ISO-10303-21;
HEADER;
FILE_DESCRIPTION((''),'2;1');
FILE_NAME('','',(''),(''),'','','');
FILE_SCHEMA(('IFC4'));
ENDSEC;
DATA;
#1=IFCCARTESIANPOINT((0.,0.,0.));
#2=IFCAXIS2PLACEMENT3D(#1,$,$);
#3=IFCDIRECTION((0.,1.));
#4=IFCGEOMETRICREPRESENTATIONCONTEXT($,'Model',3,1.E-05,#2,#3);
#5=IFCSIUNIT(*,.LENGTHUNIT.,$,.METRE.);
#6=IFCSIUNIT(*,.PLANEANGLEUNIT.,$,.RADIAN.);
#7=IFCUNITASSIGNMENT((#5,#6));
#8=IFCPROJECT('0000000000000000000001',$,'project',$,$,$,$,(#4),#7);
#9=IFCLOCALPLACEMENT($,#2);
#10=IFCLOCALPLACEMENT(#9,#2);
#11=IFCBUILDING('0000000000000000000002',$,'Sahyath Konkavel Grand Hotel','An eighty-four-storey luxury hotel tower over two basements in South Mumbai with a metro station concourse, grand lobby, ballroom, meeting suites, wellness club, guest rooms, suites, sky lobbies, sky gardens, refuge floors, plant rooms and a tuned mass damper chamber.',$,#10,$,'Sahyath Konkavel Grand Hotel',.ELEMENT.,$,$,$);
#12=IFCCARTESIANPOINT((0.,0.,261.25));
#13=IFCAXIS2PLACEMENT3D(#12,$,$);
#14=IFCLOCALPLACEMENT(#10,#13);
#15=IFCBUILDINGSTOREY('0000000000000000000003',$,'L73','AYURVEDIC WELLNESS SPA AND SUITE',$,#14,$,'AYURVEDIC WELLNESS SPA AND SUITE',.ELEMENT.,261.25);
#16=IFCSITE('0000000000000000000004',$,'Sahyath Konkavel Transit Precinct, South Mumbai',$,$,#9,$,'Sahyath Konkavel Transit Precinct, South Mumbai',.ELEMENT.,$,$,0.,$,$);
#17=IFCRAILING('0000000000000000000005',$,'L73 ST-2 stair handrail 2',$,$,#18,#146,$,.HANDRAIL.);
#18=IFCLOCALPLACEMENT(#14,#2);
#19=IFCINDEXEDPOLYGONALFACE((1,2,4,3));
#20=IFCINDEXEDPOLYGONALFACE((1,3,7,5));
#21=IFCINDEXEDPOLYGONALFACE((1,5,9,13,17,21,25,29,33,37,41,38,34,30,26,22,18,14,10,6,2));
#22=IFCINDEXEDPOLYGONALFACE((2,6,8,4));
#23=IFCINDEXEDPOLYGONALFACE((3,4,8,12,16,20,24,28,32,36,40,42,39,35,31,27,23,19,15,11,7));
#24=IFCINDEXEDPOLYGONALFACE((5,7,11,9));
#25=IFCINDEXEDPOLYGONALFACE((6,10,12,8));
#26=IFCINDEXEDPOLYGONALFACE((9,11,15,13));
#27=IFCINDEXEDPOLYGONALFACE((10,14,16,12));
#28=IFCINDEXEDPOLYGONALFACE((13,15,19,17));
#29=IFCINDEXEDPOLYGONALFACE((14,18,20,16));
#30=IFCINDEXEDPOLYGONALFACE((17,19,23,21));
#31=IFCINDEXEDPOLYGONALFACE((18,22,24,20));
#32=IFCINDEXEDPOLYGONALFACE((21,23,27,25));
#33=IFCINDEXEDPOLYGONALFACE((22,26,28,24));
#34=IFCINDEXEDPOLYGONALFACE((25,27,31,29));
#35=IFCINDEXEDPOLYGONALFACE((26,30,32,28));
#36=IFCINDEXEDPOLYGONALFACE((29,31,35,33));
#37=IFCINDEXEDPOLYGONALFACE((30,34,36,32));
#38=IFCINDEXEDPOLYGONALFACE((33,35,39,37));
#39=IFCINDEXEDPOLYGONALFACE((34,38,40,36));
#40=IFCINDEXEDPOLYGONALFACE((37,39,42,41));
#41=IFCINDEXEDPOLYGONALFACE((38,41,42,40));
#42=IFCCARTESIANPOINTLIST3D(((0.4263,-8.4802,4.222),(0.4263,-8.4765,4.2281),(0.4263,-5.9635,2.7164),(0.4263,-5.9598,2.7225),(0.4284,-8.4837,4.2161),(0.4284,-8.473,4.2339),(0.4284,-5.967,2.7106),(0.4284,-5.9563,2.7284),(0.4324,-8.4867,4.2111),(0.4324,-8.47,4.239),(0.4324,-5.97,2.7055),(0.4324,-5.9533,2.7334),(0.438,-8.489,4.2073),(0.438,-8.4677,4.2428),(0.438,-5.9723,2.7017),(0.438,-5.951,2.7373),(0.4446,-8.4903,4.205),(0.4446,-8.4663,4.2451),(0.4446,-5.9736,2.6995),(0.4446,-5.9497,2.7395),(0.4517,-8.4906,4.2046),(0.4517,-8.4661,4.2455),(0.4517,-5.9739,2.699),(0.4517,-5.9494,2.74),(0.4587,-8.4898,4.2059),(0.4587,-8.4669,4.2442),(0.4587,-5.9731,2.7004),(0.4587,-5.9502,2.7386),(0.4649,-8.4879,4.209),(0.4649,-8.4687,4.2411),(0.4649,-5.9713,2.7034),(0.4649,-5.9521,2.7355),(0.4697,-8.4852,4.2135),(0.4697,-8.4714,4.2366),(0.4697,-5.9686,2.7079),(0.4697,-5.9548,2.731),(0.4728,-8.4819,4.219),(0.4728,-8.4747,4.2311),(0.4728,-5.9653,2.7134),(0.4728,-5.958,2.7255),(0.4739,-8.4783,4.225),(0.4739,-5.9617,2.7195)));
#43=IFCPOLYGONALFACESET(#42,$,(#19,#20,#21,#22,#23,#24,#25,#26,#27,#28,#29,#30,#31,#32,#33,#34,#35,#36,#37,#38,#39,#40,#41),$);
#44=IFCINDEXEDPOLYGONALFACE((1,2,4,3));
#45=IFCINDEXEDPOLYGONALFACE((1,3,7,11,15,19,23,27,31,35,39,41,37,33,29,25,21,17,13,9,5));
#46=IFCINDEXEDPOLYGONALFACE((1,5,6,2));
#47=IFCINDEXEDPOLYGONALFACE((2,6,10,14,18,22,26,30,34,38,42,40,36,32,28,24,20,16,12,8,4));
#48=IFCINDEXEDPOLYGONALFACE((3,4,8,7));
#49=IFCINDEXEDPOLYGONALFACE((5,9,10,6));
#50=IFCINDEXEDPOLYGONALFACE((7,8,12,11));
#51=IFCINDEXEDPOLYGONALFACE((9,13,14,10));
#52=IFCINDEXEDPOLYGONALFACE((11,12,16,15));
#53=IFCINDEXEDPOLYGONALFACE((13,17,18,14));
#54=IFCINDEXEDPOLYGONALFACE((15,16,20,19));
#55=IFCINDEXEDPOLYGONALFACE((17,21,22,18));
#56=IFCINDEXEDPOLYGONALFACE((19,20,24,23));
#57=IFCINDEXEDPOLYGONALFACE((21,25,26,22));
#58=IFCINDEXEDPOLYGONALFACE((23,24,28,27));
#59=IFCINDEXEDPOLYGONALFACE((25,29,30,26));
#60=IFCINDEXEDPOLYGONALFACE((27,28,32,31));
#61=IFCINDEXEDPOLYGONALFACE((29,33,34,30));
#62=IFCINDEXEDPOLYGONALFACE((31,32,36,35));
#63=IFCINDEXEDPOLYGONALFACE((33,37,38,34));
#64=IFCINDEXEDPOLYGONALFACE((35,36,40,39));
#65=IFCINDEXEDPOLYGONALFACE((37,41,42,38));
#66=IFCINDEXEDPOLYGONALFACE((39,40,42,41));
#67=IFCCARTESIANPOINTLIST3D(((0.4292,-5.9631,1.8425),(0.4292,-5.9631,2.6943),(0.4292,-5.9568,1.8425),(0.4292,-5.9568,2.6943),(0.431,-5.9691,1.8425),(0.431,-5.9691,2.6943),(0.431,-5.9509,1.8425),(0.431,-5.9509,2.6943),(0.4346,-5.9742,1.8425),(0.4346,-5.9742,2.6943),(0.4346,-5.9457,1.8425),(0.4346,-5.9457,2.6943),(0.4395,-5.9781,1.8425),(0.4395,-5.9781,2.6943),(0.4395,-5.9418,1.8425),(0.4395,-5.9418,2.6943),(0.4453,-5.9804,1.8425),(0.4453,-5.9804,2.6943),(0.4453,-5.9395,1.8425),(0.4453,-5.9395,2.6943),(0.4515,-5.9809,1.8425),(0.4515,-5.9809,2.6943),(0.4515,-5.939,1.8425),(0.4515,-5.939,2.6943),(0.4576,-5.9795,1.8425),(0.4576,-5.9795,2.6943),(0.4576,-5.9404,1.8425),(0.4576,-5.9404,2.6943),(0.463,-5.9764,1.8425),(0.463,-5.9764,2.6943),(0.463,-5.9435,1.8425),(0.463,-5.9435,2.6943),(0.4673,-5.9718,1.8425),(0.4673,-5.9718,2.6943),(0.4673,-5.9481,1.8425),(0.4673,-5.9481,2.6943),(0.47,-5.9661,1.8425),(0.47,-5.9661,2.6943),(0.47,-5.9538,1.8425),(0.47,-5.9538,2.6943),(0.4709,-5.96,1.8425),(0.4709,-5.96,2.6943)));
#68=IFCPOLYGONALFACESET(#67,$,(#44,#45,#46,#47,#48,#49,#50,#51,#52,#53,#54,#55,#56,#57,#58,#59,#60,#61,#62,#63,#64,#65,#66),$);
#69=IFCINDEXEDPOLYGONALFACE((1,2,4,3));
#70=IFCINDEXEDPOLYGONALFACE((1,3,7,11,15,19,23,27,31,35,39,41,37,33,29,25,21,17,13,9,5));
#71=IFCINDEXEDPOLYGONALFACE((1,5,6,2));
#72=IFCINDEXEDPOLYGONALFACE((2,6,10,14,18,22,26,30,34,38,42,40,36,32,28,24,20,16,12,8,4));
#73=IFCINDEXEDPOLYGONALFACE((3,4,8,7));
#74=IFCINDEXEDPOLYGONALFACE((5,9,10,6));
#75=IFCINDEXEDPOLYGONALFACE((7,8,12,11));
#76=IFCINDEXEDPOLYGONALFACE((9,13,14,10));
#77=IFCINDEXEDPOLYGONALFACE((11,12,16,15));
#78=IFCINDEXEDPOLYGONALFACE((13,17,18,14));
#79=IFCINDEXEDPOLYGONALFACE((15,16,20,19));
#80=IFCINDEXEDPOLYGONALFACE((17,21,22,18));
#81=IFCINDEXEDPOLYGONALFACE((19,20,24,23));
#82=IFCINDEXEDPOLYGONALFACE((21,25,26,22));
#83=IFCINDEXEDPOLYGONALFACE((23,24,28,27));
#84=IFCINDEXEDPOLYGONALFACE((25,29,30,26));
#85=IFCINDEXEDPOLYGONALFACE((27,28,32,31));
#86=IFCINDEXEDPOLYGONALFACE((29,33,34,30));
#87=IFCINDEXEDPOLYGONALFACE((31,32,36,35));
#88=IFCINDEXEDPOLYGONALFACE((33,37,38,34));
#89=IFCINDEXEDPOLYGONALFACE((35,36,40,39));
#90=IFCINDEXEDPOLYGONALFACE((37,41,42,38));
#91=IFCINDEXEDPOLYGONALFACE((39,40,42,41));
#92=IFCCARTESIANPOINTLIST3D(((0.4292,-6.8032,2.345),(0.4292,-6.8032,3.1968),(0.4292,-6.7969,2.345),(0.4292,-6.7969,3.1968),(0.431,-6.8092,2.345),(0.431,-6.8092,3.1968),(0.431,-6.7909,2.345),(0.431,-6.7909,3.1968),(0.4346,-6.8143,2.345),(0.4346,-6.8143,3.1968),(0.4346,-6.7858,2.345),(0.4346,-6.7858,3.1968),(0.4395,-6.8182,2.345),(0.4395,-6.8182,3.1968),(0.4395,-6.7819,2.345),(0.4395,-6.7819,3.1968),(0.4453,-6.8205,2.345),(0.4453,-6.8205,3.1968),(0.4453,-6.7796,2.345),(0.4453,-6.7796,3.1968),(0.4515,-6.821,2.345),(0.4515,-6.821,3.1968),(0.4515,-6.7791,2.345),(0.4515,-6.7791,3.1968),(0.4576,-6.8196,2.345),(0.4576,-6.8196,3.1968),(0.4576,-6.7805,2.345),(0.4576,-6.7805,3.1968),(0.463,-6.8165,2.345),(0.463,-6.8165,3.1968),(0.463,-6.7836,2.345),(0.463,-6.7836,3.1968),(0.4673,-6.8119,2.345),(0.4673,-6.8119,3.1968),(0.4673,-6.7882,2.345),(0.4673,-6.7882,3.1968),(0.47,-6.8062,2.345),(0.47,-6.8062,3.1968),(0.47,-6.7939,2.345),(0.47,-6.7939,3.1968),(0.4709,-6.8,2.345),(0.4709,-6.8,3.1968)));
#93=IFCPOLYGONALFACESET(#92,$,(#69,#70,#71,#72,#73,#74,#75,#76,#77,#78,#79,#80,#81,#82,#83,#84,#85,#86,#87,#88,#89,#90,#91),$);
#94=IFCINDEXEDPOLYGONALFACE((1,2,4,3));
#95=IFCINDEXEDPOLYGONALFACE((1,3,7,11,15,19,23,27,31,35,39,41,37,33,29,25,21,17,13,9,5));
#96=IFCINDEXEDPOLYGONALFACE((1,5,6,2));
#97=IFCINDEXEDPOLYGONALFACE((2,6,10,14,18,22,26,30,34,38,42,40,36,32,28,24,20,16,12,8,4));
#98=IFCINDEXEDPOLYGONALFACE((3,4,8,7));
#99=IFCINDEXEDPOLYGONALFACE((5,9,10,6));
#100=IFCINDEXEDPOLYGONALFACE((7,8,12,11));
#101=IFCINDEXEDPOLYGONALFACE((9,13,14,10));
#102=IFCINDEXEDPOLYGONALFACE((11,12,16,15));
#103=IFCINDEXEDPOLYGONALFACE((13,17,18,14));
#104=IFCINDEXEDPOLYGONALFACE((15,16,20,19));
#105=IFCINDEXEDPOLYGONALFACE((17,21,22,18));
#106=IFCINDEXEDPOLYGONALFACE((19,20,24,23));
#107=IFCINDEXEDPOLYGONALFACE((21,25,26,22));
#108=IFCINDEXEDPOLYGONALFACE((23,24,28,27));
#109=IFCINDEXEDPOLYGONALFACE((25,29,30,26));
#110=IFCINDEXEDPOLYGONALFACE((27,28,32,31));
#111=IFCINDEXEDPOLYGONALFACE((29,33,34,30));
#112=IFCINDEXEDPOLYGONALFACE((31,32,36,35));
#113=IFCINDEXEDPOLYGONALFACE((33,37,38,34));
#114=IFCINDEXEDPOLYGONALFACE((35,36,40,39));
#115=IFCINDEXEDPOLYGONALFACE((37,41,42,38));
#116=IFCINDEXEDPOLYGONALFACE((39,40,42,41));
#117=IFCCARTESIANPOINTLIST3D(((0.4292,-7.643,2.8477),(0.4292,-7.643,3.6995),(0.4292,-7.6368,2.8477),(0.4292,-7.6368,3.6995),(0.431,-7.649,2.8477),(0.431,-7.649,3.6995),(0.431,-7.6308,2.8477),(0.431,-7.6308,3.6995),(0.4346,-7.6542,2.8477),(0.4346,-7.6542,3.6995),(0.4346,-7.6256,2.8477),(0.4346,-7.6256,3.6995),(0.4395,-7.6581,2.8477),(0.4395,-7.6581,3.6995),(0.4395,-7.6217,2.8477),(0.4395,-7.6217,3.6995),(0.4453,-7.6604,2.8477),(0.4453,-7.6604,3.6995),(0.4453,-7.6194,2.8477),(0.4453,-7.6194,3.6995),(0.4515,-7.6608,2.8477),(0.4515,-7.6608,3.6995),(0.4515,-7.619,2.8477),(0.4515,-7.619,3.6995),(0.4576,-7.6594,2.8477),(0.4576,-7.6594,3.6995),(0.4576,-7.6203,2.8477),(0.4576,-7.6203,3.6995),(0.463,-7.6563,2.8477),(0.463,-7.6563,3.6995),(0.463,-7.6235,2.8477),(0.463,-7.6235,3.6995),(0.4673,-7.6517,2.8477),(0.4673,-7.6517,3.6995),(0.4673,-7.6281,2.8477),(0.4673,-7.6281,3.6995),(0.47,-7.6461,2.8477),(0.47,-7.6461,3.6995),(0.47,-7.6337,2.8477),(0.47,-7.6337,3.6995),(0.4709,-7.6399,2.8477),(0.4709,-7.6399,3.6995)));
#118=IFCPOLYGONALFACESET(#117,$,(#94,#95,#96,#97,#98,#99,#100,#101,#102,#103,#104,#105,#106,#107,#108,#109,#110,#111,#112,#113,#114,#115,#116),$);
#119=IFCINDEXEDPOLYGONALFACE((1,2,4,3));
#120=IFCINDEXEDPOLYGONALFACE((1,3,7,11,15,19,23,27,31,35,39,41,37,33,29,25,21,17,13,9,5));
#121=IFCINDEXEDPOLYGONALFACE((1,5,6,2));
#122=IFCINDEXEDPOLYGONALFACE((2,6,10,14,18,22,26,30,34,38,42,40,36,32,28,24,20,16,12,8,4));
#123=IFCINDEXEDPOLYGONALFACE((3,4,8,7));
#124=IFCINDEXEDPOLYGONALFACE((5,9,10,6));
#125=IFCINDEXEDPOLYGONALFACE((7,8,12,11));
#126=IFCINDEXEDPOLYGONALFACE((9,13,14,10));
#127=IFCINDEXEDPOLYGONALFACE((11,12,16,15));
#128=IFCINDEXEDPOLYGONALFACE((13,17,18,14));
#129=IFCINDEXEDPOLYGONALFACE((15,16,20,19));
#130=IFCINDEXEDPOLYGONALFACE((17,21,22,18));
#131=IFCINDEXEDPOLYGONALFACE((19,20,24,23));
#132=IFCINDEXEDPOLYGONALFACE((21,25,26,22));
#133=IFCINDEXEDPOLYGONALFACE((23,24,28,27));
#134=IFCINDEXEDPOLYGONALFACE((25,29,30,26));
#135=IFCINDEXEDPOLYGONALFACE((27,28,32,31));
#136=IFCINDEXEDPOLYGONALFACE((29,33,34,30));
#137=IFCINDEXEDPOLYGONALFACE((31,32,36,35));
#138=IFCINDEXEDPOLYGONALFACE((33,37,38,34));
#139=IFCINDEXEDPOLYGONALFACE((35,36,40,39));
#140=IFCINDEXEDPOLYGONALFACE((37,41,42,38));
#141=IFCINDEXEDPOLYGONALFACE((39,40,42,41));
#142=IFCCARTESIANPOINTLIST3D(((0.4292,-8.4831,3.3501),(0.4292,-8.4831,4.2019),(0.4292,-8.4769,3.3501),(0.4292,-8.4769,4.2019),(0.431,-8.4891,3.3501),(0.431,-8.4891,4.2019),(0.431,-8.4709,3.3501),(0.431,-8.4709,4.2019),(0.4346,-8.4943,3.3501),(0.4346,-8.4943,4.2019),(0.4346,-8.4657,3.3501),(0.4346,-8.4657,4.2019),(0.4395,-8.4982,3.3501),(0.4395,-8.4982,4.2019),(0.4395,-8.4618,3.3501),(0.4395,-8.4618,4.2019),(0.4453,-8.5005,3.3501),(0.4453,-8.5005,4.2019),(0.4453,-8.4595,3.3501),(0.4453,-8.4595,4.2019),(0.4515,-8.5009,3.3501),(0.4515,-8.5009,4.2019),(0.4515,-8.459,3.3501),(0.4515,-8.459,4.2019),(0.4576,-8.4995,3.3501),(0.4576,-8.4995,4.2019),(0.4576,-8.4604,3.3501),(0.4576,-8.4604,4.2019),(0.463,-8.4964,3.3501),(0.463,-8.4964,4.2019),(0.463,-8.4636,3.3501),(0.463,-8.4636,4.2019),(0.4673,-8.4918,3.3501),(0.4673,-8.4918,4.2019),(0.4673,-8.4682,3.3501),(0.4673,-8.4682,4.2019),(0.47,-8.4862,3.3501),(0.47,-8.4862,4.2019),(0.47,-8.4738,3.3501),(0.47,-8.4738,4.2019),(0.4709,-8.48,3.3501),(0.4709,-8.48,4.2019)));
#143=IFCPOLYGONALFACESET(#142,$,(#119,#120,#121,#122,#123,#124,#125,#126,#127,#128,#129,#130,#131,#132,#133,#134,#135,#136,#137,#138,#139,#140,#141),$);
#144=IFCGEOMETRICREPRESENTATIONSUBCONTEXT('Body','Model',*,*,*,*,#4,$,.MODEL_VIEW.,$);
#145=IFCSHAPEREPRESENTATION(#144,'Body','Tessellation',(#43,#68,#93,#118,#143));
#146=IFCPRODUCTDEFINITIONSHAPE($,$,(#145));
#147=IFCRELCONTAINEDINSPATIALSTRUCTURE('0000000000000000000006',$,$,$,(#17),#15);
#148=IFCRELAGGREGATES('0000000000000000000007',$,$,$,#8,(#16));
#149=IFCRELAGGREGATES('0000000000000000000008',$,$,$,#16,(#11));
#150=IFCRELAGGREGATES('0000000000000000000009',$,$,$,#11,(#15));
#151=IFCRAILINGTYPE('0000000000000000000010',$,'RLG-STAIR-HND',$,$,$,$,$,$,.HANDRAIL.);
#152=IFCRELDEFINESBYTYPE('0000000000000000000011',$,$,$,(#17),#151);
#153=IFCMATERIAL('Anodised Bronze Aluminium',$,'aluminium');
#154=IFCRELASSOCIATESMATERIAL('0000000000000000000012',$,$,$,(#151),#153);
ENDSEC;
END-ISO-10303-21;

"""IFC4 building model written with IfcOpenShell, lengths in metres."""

from ifc_helpers import new_model, si_unit, direction, frame, origin, origin_2d, place, context, subcontext, project, spatial, circle, extrude, material, type_object, element, save


model = new_model("IFC4")

# Units and contexts
model_context = context("Model", 3, precision=1e-05, world=origin(), true_north=direction((0.0, 1.0)))
body_context = subcontext(model_context, "Body", "Model", "MODEL_VIEW")
ifc_project = project(units=[si_unit("LENGTHUNIT", "METRE"), si_unit("PLANEANGLEUNIT", "RADIAN")], contexts=[model_context])

# Site, building, storey
site_placement = place(None, origin())
site = spatial("IfcSite", under=ifc_project, at=site_placement, Name="Sahyath Konkavel Transit Precinct, South Mumbai", LongName="Sahyath Konkavel Transit Precinct, South Mumbai", CompositionType="ELEMENT", RefElevation=0.0)
building_placement = place(site_placement, origin())
building = spatial("IfcBuilding", under=site, at=building_placement, Name="Sahyath Konkavel Grand Hotel", Description="An eighty-four-storey luxury hotel tower over two basements in South Mumbai with a metro station concourse, grand lobby, ballroom, meeting suites, wellness club, guest rooms, suites, sky lobbies, sky gardens, refuge floors, plant rooms and a tuned mass damper chamber.", LongName="Sahyath Konkavel Grand Hotel", CompositionType="ELEMENT")
storey_placement = place(building_placement, frame((0.0, 0.0, 261.25)))
storey = spatial("IfcBuildingStorey", under=building, at=storey_placement, Name="L73", Description="AYURVEDIC WELLNESS SPA AND SUITE", LongName="AYURVEDIC WELLNESS SPA AND SUITE", CompositionType="ELEMENT", Elevation=261.25)

# Shared definitions
ifc_material_1 = material(Name="Anodised Bronze Aluminium", Category="aluminium")

# Railing
railing_type_1 = type_object("IfcRailingType", Name="RLG-STAIR-HND", PredefinedType="HANDRAIL", material=ifc_material_1)
railing_1_placement = place(storey_placement, frame((0.45, -5.96, 1.8425)))
element("IfcRailing", 1, at=railing_1_placement, inside=storey, type_object=railing_type_1, Name="L73 ST-2 stair handrail 2", PredefinedType="HANDRAIL", context=body_context, shape_type="SweptSolid", body=[
    extrude(circle(Radius=0.0239, at=origin_2d()), frame((0.0, -0.0017, 0.877), z_axis=(0.0, -0.85816, 0.513383), x_axis=(1.0, 0.0, 0.0)), (0.0, 0.0, 1.0), 2.9326),
    extrude(circle(Radius=0.021, at=origin_2d()), origin(), (0.0, 0.0, 1.0), 0.8518),
    extrude(circle(Radius=0.021, at=origin_2d()), frame((0.0, -0.8401, 0.5024)), (0.0, 0.0, 1.0), 0.8518),
    extrude(circle(Radius=0.021, at=origin_2d()), frame((0.0, -1.6799, 1.0051)), (0.0, 0.0, 1.0), 0.8518),
    extrude(circle(Radius=0.021, at=origin_2d()), frame((0.0, -2.52, 1.5076)), (0.0, 0.0, 1.0), 0.8518),
])

save(model, "model.ifc")
